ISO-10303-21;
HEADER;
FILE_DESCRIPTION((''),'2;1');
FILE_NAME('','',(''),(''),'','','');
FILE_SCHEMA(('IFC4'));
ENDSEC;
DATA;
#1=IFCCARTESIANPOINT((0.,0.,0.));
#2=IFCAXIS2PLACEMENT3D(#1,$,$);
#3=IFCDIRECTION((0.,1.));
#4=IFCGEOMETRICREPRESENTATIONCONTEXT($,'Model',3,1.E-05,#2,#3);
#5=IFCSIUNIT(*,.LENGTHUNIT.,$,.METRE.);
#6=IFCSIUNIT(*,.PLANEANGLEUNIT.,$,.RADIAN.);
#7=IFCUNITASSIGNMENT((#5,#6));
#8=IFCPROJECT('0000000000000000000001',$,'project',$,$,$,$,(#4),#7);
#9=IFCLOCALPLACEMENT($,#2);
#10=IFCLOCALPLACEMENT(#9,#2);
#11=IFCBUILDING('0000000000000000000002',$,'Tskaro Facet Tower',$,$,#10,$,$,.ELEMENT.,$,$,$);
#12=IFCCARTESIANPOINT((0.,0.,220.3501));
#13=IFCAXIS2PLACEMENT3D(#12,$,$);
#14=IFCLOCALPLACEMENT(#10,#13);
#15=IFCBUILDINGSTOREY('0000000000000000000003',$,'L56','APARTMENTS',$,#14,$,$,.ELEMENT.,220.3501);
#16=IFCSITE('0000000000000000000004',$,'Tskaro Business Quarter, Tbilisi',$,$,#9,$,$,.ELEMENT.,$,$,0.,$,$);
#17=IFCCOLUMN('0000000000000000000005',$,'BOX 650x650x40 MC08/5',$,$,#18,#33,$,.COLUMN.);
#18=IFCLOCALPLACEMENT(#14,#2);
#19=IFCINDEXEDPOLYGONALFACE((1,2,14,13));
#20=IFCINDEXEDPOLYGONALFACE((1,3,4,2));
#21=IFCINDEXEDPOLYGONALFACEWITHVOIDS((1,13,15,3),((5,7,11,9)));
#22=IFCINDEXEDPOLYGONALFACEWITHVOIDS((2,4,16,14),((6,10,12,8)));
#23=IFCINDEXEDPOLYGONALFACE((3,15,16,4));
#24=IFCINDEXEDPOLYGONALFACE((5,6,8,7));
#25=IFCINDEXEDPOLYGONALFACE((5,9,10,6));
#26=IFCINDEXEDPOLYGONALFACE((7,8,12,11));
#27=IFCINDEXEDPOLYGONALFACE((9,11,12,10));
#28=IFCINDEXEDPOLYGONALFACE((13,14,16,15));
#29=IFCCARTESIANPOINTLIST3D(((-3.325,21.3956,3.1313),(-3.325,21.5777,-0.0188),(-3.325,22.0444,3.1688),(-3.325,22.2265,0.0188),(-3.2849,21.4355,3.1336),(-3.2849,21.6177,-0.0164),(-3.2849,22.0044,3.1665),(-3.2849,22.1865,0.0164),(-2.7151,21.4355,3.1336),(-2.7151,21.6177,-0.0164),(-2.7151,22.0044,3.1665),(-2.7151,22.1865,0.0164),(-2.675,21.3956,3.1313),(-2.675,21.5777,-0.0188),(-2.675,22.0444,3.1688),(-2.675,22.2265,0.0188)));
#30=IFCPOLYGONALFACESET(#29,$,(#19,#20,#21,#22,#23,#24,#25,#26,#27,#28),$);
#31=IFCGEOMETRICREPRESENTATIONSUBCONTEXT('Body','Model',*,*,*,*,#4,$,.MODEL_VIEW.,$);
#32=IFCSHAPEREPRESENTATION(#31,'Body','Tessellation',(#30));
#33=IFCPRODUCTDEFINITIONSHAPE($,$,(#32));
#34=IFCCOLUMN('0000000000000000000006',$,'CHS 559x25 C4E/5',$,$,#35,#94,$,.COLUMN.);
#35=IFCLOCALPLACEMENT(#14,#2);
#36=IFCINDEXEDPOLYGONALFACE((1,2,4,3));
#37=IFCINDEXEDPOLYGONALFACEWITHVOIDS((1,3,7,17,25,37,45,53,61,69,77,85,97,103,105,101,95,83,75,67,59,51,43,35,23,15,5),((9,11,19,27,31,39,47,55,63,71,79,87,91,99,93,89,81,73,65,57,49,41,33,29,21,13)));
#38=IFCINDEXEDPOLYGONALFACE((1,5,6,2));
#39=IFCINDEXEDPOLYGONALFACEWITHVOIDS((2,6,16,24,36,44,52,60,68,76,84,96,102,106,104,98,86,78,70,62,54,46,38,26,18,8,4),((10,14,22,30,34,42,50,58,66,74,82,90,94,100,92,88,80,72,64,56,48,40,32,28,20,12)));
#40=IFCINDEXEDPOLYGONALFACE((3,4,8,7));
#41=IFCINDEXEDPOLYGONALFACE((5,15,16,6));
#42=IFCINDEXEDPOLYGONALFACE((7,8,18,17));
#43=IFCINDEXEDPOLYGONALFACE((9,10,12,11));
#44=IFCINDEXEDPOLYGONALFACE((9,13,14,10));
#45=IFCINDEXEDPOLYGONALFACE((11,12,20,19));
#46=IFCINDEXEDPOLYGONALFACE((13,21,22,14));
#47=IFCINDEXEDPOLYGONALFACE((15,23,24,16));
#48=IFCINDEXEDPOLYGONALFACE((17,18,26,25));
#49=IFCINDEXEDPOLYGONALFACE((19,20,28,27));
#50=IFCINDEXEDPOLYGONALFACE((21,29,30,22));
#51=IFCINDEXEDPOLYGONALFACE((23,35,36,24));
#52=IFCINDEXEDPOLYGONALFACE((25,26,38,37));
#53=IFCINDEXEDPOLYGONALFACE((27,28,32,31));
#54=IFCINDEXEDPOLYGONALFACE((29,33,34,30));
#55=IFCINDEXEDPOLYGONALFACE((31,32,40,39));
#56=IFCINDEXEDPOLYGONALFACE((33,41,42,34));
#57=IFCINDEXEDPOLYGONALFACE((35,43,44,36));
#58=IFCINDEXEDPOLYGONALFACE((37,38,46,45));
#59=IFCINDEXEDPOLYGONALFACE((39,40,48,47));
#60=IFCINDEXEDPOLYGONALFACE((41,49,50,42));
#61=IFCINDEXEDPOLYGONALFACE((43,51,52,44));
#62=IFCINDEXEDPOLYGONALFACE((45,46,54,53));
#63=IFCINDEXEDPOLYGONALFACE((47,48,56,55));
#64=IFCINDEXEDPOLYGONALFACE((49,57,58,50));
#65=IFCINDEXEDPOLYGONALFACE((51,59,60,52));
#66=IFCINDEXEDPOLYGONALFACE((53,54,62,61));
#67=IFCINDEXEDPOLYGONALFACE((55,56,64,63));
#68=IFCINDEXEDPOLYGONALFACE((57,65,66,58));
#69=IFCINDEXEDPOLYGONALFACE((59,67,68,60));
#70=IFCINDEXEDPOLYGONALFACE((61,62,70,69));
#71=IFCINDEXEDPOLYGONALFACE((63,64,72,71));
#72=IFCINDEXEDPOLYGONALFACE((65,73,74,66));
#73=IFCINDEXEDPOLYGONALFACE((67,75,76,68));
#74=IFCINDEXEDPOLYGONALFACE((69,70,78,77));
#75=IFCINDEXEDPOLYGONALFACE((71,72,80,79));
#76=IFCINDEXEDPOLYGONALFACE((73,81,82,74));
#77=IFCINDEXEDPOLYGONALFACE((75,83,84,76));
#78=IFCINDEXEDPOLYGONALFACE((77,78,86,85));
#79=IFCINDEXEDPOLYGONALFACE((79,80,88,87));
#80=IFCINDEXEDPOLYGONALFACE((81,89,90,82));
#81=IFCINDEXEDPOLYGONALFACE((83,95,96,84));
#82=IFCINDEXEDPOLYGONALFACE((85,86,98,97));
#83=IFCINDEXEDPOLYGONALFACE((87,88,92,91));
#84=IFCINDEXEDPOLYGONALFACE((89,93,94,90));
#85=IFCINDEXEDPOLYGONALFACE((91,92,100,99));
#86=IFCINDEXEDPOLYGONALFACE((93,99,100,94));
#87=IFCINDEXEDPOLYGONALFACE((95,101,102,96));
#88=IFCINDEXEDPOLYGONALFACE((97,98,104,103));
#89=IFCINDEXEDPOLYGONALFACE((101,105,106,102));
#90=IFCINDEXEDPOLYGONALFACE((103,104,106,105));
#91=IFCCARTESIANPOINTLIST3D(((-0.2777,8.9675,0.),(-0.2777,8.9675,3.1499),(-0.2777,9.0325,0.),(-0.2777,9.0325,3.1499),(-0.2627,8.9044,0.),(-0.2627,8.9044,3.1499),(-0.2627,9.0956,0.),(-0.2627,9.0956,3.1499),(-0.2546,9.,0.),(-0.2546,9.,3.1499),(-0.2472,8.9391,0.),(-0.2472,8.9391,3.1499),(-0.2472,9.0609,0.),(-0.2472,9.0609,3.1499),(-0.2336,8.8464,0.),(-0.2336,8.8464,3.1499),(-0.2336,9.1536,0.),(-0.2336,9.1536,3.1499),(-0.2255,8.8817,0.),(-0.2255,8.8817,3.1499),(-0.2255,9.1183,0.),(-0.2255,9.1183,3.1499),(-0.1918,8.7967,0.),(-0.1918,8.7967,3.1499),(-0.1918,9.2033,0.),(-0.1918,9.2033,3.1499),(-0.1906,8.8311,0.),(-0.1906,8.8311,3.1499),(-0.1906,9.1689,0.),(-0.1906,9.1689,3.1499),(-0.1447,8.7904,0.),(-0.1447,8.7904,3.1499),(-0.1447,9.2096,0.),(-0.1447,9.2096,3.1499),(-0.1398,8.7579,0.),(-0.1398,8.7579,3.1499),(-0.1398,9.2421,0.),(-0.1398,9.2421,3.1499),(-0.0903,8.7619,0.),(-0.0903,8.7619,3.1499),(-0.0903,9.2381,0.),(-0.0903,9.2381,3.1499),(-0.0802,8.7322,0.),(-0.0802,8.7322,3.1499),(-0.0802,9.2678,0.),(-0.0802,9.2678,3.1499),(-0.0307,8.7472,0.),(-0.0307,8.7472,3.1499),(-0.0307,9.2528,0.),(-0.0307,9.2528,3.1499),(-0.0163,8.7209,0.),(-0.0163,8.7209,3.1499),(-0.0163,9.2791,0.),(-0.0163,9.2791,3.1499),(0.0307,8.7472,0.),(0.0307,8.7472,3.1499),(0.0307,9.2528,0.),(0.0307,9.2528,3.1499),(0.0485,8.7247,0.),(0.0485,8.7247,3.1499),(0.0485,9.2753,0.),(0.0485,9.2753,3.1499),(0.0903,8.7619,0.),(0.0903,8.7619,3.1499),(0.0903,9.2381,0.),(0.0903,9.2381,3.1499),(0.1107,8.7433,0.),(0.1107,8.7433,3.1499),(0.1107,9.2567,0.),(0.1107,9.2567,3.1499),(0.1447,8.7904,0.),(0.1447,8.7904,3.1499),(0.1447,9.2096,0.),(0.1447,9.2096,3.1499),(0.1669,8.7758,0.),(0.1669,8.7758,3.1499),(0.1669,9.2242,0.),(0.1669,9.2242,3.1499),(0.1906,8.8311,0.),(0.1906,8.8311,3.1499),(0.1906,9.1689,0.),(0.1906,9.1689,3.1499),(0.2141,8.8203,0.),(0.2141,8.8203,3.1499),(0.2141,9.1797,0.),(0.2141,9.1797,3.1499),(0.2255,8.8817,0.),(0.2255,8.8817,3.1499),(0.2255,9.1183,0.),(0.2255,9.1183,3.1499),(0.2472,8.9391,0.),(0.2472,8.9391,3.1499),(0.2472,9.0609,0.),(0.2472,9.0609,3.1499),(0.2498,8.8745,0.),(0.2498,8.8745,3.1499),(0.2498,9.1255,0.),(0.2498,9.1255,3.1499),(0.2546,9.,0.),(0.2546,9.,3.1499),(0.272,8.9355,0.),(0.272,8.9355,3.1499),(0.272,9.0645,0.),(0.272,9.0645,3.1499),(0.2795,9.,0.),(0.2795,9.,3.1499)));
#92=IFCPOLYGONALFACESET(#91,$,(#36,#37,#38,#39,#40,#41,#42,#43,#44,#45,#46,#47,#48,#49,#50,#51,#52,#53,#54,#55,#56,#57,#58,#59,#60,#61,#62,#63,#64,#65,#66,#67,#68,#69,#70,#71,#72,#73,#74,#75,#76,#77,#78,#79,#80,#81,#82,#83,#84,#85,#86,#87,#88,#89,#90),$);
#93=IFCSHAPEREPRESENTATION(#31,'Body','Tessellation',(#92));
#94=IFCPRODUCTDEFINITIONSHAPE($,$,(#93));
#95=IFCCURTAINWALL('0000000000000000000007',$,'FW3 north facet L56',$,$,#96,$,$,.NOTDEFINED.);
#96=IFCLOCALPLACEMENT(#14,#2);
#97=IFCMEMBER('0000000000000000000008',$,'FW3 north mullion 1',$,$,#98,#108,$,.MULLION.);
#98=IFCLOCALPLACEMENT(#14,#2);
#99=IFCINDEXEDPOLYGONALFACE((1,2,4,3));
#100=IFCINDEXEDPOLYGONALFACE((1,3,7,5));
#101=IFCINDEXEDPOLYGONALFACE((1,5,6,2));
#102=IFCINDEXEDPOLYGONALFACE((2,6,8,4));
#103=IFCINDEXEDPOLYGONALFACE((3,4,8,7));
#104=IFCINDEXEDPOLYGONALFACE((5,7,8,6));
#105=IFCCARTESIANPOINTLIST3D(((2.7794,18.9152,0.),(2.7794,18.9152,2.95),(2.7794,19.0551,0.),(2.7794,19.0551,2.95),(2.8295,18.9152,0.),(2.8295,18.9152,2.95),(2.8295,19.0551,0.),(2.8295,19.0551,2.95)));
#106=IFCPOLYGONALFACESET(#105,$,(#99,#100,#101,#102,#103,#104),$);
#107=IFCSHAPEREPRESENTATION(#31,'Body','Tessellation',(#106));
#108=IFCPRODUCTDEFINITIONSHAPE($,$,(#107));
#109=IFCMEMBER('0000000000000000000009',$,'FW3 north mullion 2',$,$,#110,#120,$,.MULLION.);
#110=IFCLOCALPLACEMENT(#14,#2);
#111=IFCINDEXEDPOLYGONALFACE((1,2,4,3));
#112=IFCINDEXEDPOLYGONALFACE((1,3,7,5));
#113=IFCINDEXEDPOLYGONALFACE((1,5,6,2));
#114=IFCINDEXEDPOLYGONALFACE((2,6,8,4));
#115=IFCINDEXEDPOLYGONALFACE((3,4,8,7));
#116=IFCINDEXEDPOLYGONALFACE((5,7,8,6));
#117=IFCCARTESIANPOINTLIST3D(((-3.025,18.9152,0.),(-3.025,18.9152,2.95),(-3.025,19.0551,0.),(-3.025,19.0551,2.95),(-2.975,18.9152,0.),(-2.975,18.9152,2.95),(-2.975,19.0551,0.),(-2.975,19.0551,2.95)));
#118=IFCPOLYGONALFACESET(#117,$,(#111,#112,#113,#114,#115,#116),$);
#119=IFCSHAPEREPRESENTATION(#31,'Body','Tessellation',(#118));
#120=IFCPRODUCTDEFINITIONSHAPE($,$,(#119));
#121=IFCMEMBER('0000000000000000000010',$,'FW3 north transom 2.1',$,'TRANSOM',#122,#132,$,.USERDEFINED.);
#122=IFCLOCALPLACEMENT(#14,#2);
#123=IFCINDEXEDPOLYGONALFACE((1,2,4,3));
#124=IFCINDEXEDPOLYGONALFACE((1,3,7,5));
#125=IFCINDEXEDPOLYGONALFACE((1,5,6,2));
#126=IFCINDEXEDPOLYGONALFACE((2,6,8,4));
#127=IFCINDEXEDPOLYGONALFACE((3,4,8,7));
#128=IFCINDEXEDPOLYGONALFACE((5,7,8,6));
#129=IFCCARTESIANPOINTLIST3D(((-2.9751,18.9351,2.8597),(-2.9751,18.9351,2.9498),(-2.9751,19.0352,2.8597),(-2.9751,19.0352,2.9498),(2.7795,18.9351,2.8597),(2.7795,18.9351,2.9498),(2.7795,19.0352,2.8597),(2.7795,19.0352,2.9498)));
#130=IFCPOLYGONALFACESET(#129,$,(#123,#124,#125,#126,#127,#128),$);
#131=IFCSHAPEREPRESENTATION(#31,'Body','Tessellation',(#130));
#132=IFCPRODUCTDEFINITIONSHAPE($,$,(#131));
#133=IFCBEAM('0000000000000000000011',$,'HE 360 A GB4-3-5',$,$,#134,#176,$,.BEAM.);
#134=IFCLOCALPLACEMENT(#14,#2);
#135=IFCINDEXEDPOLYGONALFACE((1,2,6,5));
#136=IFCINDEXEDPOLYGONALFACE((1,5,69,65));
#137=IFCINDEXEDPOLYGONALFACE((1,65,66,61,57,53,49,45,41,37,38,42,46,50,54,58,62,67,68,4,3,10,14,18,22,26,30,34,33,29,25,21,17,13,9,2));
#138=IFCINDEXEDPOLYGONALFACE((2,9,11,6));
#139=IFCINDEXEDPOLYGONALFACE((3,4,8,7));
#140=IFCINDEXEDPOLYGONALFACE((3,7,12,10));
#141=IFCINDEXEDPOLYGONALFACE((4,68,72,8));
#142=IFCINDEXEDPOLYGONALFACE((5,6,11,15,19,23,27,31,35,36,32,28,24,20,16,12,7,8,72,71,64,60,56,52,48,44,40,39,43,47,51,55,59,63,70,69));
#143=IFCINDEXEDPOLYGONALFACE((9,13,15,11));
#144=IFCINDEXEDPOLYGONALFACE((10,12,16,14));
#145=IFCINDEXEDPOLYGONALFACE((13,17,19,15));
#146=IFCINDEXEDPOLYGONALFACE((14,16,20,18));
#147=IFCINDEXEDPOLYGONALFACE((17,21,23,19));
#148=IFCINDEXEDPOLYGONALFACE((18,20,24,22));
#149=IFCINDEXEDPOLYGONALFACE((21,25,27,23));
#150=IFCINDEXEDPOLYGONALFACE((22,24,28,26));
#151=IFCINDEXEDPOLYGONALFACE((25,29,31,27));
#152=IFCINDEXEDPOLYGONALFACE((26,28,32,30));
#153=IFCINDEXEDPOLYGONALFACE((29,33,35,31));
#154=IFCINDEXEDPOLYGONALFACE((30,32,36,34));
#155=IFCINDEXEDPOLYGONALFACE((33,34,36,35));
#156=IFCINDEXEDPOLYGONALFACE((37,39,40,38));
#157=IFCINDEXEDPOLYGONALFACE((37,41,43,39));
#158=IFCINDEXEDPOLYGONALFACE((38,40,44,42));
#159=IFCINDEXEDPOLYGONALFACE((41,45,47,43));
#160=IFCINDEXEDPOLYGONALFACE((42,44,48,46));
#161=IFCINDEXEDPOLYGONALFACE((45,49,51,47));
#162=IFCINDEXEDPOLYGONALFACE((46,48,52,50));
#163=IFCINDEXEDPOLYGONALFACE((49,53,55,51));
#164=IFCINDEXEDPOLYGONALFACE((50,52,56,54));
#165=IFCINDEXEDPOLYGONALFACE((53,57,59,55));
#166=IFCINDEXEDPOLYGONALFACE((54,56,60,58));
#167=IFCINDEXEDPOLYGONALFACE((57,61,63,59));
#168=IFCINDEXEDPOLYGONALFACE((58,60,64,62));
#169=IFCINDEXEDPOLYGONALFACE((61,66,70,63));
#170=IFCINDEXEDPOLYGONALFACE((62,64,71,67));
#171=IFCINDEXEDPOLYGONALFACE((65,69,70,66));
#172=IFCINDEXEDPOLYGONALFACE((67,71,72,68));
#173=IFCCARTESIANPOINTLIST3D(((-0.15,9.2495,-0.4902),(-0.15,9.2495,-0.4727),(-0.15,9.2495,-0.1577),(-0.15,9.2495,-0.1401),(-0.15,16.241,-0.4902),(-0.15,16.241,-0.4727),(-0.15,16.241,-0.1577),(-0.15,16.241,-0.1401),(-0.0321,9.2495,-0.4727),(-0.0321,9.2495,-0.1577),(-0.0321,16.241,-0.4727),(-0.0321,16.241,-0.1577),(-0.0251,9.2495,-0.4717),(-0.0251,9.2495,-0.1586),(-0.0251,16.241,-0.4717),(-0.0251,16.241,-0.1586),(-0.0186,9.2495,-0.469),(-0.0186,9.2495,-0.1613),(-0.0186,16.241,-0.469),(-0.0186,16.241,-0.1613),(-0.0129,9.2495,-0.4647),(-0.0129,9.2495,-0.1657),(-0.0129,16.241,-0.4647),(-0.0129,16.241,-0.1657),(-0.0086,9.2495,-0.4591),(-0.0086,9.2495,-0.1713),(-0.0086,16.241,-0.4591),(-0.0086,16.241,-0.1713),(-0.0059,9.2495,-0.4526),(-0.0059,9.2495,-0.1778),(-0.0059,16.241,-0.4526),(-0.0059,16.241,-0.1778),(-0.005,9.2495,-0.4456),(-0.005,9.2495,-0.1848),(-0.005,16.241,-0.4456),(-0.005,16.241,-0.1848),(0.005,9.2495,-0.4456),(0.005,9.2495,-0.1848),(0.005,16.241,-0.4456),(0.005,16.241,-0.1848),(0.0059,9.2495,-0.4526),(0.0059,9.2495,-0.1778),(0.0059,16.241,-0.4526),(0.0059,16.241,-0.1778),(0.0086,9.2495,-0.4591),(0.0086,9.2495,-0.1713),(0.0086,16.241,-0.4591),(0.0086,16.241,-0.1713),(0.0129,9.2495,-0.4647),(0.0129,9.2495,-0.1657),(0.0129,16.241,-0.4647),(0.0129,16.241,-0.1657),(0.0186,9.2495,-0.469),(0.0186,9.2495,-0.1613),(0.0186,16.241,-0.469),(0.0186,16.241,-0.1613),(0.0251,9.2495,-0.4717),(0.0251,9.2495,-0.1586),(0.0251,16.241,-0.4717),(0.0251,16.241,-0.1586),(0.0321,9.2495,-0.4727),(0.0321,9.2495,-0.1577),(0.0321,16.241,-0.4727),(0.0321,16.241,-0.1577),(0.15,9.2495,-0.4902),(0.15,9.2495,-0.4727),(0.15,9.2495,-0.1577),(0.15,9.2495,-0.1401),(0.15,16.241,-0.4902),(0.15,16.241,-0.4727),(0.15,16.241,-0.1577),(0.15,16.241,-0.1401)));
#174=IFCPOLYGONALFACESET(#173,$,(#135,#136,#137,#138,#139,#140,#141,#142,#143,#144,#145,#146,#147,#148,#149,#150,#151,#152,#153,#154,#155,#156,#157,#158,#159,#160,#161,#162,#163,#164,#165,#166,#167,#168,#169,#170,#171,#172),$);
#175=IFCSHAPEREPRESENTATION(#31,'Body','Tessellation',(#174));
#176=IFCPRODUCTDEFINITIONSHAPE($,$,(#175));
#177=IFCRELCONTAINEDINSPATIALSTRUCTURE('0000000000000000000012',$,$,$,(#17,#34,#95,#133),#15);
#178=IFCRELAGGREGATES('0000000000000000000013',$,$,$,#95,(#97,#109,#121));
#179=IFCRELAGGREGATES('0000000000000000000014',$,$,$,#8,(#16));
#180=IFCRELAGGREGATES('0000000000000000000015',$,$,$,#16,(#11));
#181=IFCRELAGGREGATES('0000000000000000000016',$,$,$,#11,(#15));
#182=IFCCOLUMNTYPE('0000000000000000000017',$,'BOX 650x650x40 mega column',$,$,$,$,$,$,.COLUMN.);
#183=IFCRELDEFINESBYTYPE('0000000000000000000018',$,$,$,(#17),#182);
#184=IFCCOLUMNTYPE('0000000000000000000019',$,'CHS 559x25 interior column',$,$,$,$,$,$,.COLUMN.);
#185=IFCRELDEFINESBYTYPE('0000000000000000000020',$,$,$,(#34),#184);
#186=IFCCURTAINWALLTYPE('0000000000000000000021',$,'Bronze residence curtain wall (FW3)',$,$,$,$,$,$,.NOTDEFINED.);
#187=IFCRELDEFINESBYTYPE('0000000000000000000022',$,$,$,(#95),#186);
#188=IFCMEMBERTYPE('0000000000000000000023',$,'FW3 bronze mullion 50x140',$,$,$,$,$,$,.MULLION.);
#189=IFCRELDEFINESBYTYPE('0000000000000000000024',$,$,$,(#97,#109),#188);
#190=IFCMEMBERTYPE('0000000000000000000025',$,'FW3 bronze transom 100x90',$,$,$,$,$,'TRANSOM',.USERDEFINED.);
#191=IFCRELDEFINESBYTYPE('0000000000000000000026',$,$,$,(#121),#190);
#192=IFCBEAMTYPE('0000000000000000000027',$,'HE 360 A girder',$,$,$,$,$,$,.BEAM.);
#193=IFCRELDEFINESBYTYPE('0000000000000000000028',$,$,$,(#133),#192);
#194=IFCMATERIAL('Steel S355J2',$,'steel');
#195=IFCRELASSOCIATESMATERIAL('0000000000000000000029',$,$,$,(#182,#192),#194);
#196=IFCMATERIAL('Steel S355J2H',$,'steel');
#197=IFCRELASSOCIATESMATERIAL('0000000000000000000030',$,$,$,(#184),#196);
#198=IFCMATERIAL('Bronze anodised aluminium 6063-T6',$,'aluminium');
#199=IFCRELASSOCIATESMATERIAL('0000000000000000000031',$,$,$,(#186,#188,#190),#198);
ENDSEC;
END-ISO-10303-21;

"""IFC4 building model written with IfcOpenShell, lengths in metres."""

from ifc_helpers import new_model, si_unit, direction, frame, origin, origin_2d, place, context, subcontext, project, spatial, rectangle, hollow_rectangle, hollow_circle, i_section, extrude, material, material_profile, profile_set, type_object, element, aggregate, save


model = new_model("IFC4")

# Units and contexts
model_context = context("Model", 3, precision=1e-05, world=origin(), true_north=direction((0.0, 1.0)))
body_context = subcontext(model_context, "Body", "Model", "MODEL_VIEW")
ifc_project = project(units=[si_unit("LENGTHUNIT", "METRE"), si_unit("PLANEANGLEUNIT", "RADIAN")], contexts=[model_context])

# Site, building, storey
site_placement = place(None, origin())
site = spatial("IfcSite", under=ifc_project, at=site_placement, Name="Tskaro Business Quarter, Tbilisi", CompositionType="ELEMENT", RefElevation=0.0)
building_placement = place(site_placement, origin())
building = spatial("IfcBuilding", under=site, at=building_placement, Name="Tskaro Facet Tower", CompositionType="ELEMENT")
storey_placement = place(building_placement, frame((0.0, 0.0, 220.3501)))
storey = spatial("IfcBuildingStorey", under=building, at=storey_placement, Name="L56", Description="APARTMENTS", CompositionType="ELEMENT", Elevation=220.3501)

# Columns
ifc_material_1 = material(Name="Steel S355J2", Category="steel")
ifc_material_profile_1 = material_profile(ifc_material_1, hollow_rectangle(XDim=0.6499, YDim=0.6499, WallThickness=0.04, at=origin_2d()), Name="BOX 650x650x40")
ifc_profile_set_1 = profile_set([ifc_material_profile_1], Name="Steel S355J2")
column_type_1 = type_object("IfcColumnType", Name="BOX 650x650x40 mega column", PredefinedType="COLUMN", material=ifc_profile_set_1)
column_1_placement = place(storey_placement, frame((-3.0, 21.9021, 0.0), z_axis=(0.0, -0.057724, 0.998333), x_axis=(1.0, 0.0, 0.0)))
element("IfcColumn", 1, at=column_1_placement, inside=storey, type_object=column_type_1, Name="BOX 650x650x40 MC08/5", PredefinedType="COLUMN", context=body_context, shape_type="SweptSolid", body=[
    extrude(hollow_rectangle(XDim=0.6499, YDim=0.6499, WallThickness=0.04, at=origin_2d()), origin(), (0.0, 0.0, 1.0), 3.1553),
])
ifc_material_2 = material(Name="Steel S355J2H", Category="steel")
ifc_material_profile_2 = material_profile(ifc_material_2, hollow_circle(Radius=0.2795, WallThickness=0.0249, at=origin_2d()), Name="CHS 559x25")
ifc_profile_set_2 = profile_set([ifc_material_profile_2], Name="Steel S355J2H")
column_type_2 = type_object("IfcColumnType", Name="CHS 559x25 interior column", PredefinedType="COLUMN", material=ifc_profile_set_2)
column_2_placement = place(storey_placement, frame((0.0, 9.0, 0.0), z_axis=(0.0, 0.0, 1.0), x_axis=(1.0, 0.0, 0.0)))
element("IfcColumn", 2, at=column_2_placement, inside=storey, type_object=column_type_2, Name="CHS 559x25 C4E/5", PredefinedType="COLUMN", context=body_context, shape_type="SweptSolid", body=[
    extrude(hollow_circle(Radius=0.2795, WallThickness=0.0249, at=origin_2d()), origin(), (0.0, 0.0, 1.0), 3.1499),
])

# Curtain wall, members
ifc_material_3 = material(Name="Bronze anodised aluminium 6063-T6", Category="aluminium")
curtain_wall_type = type_object("IfcCurtainWallType", Name="Bronze residence curtain wall (FW3)", PredefinedType="NOTDEFINED", material=ifc_material_3)
curtain_wall_placement = place(storey_placement, origin())
curtain_wall = element("IfcCurtainWall", 3, at=curtain_wall_placement, inside=storey, type_object=curtain_wall_type, Name="FW3 north facet L56", PredefinedType="NOTDEFINED")
ifc_material_profile_3 = material_profile(ifc_material_3, rectangle(XDim=0.05, YDim=0.1399, at=origin_2d()), Name="Mullion 50x140")
ifc_profile_set_3 = profile_set([ifc_material_profile_3], Name="Bronze anodised aluminium 6063-T6")
member_type_1 = type_object("IfcMemberType", Name="FW3 bronze mullion 50x140", PredefinedType="MULLION", material=ifc_profile_set_3)
member_1_placement = place(storey_placement, frame((2.8044, 18.9851, 0.0), z_axis=(0.0, 0.0, 1.0), x_axis=(-1.0, 0.0, 0.0)))
member_1 = element("IfcMember", 4, at=member_1_placement, type_object=member_type_1, Name="FW3 north mullion 1", PredefinedType="MULLION", context=body_context, shape_type="SweptSolid", body=[
    extrude(rectangle(XDim=0.05, YDim=0.1399, at=origin_2d()), origin(), (0.0, 0.0, 1.0), 2.95),
])
member_2_placement = place(storey_placement, frame((-3.0, 18.9851, 0.0), z_axis=(0.0, 0.0, 1.0), x_axis=(-1.0, 0.0, 0.0)))
member_2 = element("IfcMember", 5, at=member_2_placement, type_object=member_type_1, Name="FW3 north mullion 2", PredefinedType="MULLION", context=body_context, shape_type="SweptSolid", body=[
    extrude(rectangle(XDim=0.05, YDim=0.1399, at=origin_2d()), origin(), (0.0, 0.0, 1.0), 2.95),
])
ifc_material_profile_4 = material_profile(ifc_material_3, rectangle(XDim=0.1001, YDim=0.0901, at=origin_2d()), Name="Transom 100x90")
ifc_profile_set_4 = profile_set([ifc_material_profile_4], Name="Bronze anodised aluminium 6063-T6")
member_type_2 = type_object("IfcMemberType", Name="FW3 bronze transom 100x90", ElementType="TRANSOM", PredefinedType="USERDEFINED", material=ifc_profile_set_4)
member_3_placement = place(storey_placement, frame((2.7795, 18.9851, 2.9048), z_axis=(-1.0, 0.0, 0.0), x_axis=(0.0, -1.0, 0.0)))
member_3 = element("IfcMember", 6, at=member_3_placement, type_object=member_type_2, Name="FW3 north transom 2.1", ObjectType="TRANSOM", PredefinedType="USERDEFINED", context=body_context, shape_type="SweptSolid", body=[
    extrude(rectangle(XDim=0.1001, YDim=0.0901, at=origin_2d()), origin(), (0.0, 0.0, 1.0), 5.7546),
])

# Beam
ifc_material_profile_5 = material_profile(ifc_material_1, i_section(OverallWidth=0.3, OverallDepth=0.3501, WebThickness=0.01, FlangeThickness=0.0176, FilletRadius=0.0271, at=origin_2d()), Name="HE 360 A")
ifc_profile_set_5 = profile_set([ifc_material_profile_5], Name="Steel S355J2")
beam_type_1 = type_object("IfcBeamType", Name="HE 360 A girder", PredefinedType="BEAM", material=ifc_profile_set_5)
beam_1_placement = place(storey_placement, frame((0.0, 9.2495, -0.3152), z_axis=(0.0, 1.0, 0.0), x_axis=(-1.0, 0.0, 0.0)))
element("IfcBeam", 7, at=beam_1_placement, inside=storey, type_object=beam_type_1, Name="HE 360 A GB4-3-5", PredefinedType="BEAM", context=body_context, shape_type="SweptSolid", body=[
    extrude(i_section(OverallWidth=0.3, OverallDepth=0.3501, WebThickness=0.01, FlangeThickness=0.0176, FilletRadius=0.0271, at=origin_2d()), origin(), (0.0, 0.0, 1.0), 6.9915),
])

aggregate(curtain_wall, [member_1, member_2, member_3])

save(model, "model.ifc")
